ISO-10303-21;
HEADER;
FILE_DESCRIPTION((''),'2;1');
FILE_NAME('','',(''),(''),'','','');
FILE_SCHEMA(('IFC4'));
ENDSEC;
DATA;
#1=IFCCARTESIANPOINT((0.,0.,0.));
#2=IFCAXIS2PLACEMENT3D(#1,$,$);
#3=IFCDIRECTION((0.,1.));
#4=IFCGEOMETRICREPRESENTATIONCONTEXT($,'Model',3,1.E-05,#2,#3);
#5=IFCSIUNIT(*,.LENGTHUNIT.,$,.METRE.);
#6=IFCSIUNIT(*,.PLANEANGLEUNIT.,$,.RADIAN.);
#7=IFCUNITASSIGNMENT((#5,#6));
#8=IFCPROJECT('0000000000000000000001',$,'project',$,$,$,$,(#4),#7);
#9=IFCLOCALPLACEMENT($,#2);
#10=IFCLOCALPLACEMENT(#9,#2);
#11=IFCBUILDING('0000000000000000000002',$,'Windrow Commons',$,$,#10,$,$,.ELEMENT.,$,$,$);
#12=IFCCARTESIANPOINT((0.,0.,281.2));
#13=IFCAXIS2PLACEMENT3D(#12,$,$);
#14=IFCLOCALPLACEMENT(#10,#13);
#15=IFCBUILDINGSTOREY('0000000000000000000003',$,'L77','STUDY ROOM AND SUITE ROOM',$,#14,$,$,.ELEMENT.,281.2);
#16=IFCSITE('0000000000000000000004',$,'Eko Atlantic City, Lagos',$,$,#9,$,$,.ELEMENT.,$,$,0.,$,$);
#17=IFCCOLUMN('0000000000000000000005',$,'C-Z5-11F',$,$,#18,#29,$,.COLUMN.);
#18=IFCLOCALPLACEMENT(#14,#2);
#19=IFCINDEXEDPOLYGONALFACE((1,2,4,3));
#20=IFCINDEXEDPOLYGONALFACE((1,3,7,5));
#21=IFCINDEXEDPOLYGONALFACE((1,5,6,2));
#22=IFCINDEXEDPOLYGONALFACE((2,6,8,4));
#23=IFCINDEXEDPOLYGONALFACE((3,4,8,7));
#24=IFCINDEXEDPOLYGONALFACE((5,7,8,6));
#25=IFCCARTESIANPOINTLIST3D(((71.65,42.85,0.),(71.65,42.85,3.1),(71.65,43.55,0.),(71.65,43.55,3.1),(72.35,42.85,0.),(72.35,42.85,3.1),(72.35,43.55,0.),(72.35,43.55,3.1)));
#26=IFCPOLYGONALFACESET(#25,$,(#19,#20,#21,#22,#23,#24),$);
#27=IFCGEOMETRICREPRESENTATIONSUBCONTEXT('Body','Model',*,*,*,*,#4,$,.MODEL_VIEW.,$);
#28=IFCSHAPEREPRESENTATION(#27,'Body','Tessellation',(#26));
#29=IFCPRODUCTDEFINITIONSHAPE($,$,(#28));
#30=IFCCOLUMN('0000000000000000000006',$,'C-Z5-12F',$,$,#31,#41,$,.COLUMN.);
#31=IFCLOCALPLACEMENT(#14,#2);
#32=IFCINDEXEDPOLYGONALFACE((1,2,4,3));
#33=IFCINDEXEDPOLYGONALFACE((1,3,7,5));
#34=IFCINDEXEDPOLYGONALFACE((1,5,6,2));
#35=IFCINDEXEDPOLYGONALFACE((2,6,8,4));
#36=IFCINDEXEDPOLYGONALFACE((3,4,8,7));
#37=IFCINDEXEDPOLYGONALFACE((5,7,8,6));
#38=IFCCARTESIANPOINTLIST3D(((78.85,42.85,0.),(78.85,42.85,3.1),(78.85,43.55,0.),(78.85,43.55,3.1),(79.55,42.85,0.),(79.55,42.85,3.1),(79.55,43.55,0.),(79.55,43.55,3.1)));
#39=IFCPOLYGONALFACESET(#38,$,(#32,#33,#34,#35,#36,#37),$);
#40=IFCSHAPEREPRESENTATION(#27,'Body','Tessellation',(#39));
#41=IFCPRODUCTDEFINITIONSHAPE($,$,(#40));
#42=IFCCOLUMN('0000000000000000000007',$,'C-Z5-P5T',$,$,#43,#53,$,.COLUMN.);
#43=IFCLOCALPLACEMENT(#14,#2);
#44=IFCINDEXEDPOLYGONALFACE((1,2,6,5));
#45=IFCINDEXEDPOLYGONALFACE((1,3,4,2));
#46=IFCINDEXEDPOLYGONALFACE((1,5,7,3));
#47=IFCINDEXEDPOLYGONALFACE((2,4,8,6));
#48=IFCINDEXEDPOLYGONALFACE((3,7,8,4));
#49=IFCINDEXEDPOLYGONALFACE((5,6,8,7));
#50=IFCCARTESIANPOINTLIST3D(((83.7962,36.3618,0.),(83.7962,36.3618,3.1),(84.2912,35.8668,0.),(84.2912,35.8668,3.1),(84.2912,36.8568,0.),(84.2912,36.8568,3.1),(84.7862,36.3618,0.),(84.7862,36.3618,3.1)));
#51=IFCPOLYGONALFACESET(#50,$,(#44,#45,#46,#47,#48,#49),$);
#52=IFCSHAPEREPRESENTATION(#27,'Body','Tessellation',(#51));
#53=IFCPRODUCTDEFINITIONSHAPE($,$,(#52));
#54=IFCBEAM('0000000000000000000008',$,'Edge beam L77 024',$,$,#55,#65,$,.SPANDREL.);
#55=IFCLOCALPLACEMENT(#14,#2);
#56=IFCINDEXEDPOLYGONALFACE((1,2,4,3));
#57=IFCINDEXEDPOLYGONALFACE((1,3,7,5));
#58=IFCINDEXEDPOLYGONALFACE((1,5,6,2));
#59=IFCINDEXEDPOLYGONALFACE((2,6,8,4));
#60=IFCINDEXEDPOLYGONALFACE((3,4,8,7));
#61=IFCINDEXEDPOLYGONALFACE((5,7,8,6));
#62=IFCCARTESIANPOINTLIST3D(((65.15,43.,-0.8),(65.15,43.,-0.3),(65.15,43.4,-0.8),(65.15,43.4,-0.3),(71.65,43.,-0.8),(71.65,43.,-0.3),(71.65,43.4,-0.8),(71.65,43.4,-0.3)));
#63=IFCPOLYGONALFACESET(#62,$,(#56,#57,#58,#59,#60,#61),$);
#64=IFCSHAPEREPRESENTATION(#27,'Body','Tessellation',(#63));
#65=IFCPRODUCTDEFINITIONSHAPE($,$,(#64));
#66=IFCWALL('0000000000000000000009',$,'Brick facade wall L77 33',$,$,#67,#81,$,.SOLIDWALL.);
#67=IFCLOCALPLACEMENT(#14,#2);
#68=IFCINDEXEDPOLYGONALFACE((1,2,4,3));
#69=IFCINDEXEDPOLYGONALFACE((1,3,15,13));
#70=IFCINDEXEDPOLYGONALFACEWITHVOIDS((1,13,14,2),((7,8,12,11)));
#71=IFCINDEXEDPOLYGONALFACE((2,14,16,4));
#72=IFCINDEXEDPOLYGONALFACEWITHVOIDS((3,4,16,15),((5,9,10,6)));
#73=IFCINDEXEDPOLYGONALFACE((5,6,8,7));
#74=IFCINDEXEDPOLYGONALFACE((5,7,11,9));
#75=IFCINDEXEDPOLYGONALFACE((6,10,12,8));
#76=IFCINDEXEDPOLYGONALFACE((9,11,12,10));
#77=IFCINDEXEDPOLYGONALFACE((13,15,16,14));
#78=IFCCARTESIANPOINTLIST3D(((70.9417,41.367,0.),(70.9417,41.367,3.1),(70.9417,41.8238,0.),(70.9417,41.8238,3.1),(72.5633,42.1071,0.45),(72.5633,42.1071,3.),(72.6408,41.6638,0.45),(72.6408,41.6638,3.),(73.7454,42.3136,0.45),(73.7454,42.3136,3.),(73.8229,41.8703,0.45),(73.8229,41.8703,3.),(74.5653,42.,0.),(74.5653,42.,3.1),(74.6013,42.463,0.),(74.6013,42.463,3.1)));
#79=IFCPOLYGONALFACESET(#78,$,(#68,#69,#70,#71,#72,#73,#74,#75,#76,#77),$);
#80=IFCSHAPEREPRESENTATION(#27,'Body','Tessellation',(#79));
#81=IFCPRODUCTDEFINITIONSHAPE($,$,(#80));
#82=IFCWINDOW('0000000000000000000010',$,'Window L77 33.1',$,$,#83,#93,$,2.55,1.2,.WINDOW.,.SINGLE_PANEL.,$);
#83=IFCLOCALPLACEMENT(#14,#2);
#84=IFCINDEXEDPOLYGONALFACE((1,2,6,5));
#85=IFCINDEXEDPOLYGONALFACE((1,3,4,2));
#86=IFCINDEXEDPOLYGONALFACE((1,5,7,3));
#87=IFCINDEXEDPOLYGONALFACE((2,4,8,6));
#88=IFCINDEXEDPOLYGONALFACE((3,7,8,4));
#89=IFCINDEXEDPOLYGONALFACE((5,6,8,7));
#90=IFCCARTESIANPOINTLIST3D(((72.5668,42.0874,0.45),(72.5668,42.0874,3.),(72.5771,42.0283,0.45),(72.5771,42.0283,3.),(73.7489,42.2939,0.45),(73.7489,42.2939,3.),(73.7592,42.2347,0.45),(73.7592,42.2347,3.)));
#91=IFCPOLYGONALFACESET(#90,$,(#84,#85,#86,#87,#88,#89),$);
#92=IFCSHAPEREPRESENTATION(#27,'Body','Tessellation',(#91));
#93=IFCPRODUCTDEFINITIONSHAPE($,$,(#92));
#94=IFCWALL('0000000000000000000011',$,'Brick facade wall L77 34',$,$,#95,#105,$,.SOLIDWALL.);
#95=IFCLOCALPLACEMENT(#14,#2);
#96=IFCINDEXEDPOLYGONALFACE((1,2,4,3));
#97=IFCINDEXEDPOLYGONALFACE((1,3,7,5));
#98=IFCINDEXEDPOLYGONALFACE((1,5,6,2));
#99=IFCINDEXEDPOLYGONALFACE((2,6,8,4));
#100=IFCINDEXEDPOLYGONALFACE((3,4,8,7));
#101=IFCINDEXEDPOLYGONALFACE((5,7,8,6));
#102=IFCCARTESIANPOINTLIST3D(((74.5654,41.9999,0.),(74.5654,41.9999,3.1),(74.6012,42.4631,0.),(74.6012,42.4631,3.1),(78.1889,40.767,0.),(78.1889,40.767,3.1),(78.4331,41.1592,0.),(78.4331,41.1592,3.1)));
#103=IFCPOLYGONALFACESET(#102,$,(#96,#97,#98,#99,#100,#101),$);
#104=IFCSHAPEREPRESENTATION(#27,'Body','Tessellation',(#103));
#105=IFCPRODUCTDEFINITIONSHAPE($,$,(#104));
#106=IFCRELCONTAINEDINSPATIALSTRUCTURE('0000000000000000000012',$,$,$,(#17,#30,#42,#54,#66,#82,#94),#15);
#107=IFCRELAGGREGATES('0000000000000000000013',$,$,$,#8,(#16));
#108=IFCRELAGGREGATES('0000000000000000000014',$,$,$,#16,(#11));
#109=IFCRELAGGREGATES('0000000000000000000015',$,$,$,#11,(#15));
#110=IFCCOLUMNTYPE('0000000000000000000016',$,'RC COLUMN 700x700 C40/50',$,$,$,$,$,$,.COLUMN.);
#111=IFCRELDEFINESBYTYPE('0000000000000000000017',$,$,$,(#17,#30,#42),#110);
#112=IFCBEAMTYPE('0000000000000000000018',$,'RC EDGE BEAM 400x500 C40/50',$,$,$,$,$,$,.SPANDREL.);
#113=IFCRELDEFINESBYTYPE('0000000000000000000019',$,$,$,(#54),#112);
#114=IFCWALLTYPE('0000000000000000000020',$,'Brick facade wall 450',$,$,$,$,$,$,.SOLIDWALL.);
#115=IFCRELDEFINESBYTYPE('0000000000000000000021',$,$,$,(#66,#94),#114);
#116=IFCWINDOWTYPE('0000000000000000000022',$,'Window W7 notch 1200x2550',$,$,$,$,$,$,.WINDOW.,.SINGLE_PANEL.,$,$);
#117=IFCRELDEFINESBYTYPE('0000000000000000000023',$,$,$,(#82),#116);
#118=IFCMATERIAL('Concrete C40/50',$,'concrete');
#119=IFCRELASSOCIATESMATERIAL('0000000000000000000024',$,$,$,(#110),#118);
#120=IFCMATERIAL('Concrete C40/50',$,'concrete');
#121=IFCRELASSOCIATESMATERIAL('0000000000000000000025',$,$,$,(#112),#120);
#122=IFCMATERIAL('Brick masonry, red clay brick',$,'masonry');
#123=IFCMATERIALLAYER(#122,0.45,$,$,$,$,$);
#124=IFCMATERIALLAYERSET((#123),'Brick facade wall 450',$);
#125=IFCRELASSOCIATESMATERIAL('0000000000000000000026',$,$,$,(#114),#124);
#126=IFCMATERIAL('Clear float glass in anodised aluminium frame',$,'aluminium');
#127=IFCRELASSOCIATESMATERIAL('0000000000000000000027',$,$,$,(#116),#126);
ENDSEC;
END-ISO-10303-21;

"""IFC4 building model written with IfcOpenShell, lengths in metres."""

from ifc_helpers import new_model, si_unit, direction, frame, frame_2d, origin, origin_2d, place, context, subcontext, project, spatial, polyline, rectangle, outline, extrude, material, layer, layer_set, material_profile, profile_set, type_object, element, fill, save


model = new_model("IFC4")

# Units and contexts
model_context = context("Model", 3, precision=1e-05, world=origin(), true_north=direction((0.0, 1.0)))
body_context = subcontext(model_context, "Body", "Model", "MODEL_VIEW")
ifc_project = project(units=[si_unit("LENGTHUNIT", "METRE"), si_unit("PLANEANGLEUNIT", "RADIAN")], contexts=[model_context])

# Site, building, storey
site_placement = place(None, origin())
site = spatial("IfcSite", under=ifc_project, at=site_placement, Name="Eko Atlantic City, Lagos", CompositionType="ELEMENT", RefElevation=0.0)
building_placement = place(site_placement, origin())
building = spatial("IfcBuilding", under=site, at=building_placement, Name="Windrow Commons", CompositionType="ELEMENT")
storey_placement = place(building_placement, frame((0.0, 0.0, 281.2)))
storey = spatial("IfcBuildingStorey", under=building, at=storey_placement, Name="L77", Description="STUDY ROOM AND SUITE ROOM", CompositionType="ELEMENT", Elevation=281.2)

# Columns
ifc_material_1 = material(Name="Concrete C40/50", Category="concrete")
ifc_material_profile_1 = material_profile(ifc_material_1, rectangle(XDim=0.7, YDim=0.7, at=origin_2d()))
ifc_profile_set_1 = profile_set([ifc_material_profile_1], Name="Concrete C40/50")
column_type = type_object("IfcColumnType", Name="RC COLUMN 700x700 C40/50", PredefinedType="COLUMN", material=ifc_profile_set_1)
for number, where, z_axis, x_axis, name in (
    (1, (72.0, 43.2, 0.0), (0.0, 0.0, 1.0), (1.0, 0.0, 0.0), "C-Z5-11F"),
    (2, (79.2, 43.2, 0.0), (0.0, 0.0, 1.0), (1.0, 0.0, 0.0), "C-Z5-12F"),
    (3, (84.2912, 36.3618, 0.0), (0.0, 0.0, 1.0), (0.707107, -0.707107, 0.0), "C-Z5-P5T"),
):
    element("IfcColumn", number, at=place(storey_placement, frame(where, z_axis=z_axis, x_axis=x_axis)), inside=storey, type_object=column_type, Name=name, PredefinedType="COLUMN", context=body_context, shape_type="SweptSolid", body=[
        extrude(rectangle(XDim=0.7, YDim=0.7, at=origin_2d()), origin(), (0.0, 0.0, 1.0), 3.1),
    ])

# Beam
ifc_material_2 = material(Name="Concrete C40/50", Category="concrete")
ifc_material_profile_2 = material_profile(ifc_material_2, rectangle(XDim=0.4, YDim=0.5, at=origin_2d()))
ifc_profile_set_2 = profile_set([ifc_material_profile_2], Name="Concrete C40/50")
beam_type = type_object("IfcBeamType", Name="RC EDGE BEAM 400x500 C40/50", PredefinedType="SPANDREL", material=ifc_profile_set_2)
beam_placement = place(storey_placement, frame((71.65, 43.2, -0.55), z_axis=(-1.0, 0.0, 0.0), x_axis=(0.0, -1.0, 0.0)))
element("IfcBeam", 4, at=beam_placement, inside=storey, type_object=beam_type, Name="Edge beam L77 024", PredefinedType="SPANDREL", context=body_context, shape_type="SweptSolid", body=[
    extrude(rectangle(XDim=0.4, YDim=0.5, at=origin_2d()), origin(), (0.0, 0.0, 1.0), 6.5),
])

# Wall, opening, window
ifc_material_3 = material(Name="Brick masonry, red clay brick", Category="masonry")
ifc_layer_1 = layer(ifc_material_3, 0.45)
ifc_layer_set_1 = layer_set([ifc_layer_1], Name="Brick facade wall 450")
wall_type_1 = type_object("IfcWallType", Name="Brick facade wall 450", PredefinedType="SOLIDWALL", material=ifc_layer_set_1)
wall_1_placement = place(storey_placement, frame((70.9417, 41.5954, 0.0), z_axis=(0.0, 0.0, 1.0), x_axis=(0.985085, 0.172071, 0.0)))
wall_1 = element("IfcWall", 5, at=wall_1_placement, inside=storey, type_object=wall_type_1, Name="Brick facade wall L77 33", PredefinedType="SOLIDWALL", context=body_context, shape_type="SweptSolid", body=[
    extrude(outline(polyline([(-0.0393, -0.225), (3.6392, -0.225), (3.7543, 0.225), (0.0393, 0.225), (-0.0393, -0.225)])), origin(), (0.0, 0.0, 1.0), 3.1),
])
opening_1_placement = place(wall_1_placement, frame((1.6855, 0.0, 0.45)))
opening_1 = element("IfcOpeningElement", 6, at=opening_1_placement, cuts=wall_1, PredefinedType="OPENING", context=body_context, shape_type="SweptSolid", body=[
    extrude(rectangle(XDim=1.2, YDim=2.55, at=frame_2d((0.6, 1.275))), frame((0.0, 0.235, 0.0), z_axis=(0.0, -1.0, 0.0), x_axis=(1.0, 0.0, 0.0)), (0.0, 0.0, 1.0), 0.47),
])
ifc_material_4 = material(Name="Clear float glass in anodised aluminium frame", Category="aluminium")
window_type_1 = type_object("IfcWindowType", Name="Window W7 notch 1200x2550", PartitioningType="SINGLE_PANEL", PredefinedType="WINDOW", material=ifc_material_4)
window_1_placement = place(opening_1_placement, origin())
window_1 = element("IfcWindow", 7, at=window_1_placement, inside=storey, type_object=window_type_1, Name="Window L77 33.1", OverallHeight=2.55, OverallWidth=1.2, PartitioningType="SINGLE_PANEL", PredefinedType="WINDOW", context=body_context, shape_type="SweptSolid", body=[
    extrude(rectangle(XDim=1.2, YDim=2.55, at=frame_2d((0.6, 1.275))), frame((0.0, 0.205, 0.0), z_axis=(0.0, -1.0, 0.0), x_axis=(1.0, 0.0, 0.0)), (0.0, 0.0, 1.0), 0.06),
])
fill(opening_1, window_1)

# Wall
wall_2_placement = place(storey_placement, frame((74.5833, 42.2315, 0.0), z_axis=(0.0, 0.0, 1.0), x_axis=(0.946697, -0.322126, 0.0)))
element("IfcWall", 8, at=wall_2_placement, inside=storey, type_object=wall_type_1, Name="Brick facade wall L77 34", PredefinedType="SOLIDWALL", context=body_context, shape_type="SweptSolid", body=[
    extrude(outline(polyline([(0.0576, -0.225), (3.8852, -0.225), (3.99, 0.225), (-0.0576, 0.225), (0.0576, -0.225)])), origin(), (0.0, 0.0, 1.0), 3.1),
])

save(model, "model.ifc")
